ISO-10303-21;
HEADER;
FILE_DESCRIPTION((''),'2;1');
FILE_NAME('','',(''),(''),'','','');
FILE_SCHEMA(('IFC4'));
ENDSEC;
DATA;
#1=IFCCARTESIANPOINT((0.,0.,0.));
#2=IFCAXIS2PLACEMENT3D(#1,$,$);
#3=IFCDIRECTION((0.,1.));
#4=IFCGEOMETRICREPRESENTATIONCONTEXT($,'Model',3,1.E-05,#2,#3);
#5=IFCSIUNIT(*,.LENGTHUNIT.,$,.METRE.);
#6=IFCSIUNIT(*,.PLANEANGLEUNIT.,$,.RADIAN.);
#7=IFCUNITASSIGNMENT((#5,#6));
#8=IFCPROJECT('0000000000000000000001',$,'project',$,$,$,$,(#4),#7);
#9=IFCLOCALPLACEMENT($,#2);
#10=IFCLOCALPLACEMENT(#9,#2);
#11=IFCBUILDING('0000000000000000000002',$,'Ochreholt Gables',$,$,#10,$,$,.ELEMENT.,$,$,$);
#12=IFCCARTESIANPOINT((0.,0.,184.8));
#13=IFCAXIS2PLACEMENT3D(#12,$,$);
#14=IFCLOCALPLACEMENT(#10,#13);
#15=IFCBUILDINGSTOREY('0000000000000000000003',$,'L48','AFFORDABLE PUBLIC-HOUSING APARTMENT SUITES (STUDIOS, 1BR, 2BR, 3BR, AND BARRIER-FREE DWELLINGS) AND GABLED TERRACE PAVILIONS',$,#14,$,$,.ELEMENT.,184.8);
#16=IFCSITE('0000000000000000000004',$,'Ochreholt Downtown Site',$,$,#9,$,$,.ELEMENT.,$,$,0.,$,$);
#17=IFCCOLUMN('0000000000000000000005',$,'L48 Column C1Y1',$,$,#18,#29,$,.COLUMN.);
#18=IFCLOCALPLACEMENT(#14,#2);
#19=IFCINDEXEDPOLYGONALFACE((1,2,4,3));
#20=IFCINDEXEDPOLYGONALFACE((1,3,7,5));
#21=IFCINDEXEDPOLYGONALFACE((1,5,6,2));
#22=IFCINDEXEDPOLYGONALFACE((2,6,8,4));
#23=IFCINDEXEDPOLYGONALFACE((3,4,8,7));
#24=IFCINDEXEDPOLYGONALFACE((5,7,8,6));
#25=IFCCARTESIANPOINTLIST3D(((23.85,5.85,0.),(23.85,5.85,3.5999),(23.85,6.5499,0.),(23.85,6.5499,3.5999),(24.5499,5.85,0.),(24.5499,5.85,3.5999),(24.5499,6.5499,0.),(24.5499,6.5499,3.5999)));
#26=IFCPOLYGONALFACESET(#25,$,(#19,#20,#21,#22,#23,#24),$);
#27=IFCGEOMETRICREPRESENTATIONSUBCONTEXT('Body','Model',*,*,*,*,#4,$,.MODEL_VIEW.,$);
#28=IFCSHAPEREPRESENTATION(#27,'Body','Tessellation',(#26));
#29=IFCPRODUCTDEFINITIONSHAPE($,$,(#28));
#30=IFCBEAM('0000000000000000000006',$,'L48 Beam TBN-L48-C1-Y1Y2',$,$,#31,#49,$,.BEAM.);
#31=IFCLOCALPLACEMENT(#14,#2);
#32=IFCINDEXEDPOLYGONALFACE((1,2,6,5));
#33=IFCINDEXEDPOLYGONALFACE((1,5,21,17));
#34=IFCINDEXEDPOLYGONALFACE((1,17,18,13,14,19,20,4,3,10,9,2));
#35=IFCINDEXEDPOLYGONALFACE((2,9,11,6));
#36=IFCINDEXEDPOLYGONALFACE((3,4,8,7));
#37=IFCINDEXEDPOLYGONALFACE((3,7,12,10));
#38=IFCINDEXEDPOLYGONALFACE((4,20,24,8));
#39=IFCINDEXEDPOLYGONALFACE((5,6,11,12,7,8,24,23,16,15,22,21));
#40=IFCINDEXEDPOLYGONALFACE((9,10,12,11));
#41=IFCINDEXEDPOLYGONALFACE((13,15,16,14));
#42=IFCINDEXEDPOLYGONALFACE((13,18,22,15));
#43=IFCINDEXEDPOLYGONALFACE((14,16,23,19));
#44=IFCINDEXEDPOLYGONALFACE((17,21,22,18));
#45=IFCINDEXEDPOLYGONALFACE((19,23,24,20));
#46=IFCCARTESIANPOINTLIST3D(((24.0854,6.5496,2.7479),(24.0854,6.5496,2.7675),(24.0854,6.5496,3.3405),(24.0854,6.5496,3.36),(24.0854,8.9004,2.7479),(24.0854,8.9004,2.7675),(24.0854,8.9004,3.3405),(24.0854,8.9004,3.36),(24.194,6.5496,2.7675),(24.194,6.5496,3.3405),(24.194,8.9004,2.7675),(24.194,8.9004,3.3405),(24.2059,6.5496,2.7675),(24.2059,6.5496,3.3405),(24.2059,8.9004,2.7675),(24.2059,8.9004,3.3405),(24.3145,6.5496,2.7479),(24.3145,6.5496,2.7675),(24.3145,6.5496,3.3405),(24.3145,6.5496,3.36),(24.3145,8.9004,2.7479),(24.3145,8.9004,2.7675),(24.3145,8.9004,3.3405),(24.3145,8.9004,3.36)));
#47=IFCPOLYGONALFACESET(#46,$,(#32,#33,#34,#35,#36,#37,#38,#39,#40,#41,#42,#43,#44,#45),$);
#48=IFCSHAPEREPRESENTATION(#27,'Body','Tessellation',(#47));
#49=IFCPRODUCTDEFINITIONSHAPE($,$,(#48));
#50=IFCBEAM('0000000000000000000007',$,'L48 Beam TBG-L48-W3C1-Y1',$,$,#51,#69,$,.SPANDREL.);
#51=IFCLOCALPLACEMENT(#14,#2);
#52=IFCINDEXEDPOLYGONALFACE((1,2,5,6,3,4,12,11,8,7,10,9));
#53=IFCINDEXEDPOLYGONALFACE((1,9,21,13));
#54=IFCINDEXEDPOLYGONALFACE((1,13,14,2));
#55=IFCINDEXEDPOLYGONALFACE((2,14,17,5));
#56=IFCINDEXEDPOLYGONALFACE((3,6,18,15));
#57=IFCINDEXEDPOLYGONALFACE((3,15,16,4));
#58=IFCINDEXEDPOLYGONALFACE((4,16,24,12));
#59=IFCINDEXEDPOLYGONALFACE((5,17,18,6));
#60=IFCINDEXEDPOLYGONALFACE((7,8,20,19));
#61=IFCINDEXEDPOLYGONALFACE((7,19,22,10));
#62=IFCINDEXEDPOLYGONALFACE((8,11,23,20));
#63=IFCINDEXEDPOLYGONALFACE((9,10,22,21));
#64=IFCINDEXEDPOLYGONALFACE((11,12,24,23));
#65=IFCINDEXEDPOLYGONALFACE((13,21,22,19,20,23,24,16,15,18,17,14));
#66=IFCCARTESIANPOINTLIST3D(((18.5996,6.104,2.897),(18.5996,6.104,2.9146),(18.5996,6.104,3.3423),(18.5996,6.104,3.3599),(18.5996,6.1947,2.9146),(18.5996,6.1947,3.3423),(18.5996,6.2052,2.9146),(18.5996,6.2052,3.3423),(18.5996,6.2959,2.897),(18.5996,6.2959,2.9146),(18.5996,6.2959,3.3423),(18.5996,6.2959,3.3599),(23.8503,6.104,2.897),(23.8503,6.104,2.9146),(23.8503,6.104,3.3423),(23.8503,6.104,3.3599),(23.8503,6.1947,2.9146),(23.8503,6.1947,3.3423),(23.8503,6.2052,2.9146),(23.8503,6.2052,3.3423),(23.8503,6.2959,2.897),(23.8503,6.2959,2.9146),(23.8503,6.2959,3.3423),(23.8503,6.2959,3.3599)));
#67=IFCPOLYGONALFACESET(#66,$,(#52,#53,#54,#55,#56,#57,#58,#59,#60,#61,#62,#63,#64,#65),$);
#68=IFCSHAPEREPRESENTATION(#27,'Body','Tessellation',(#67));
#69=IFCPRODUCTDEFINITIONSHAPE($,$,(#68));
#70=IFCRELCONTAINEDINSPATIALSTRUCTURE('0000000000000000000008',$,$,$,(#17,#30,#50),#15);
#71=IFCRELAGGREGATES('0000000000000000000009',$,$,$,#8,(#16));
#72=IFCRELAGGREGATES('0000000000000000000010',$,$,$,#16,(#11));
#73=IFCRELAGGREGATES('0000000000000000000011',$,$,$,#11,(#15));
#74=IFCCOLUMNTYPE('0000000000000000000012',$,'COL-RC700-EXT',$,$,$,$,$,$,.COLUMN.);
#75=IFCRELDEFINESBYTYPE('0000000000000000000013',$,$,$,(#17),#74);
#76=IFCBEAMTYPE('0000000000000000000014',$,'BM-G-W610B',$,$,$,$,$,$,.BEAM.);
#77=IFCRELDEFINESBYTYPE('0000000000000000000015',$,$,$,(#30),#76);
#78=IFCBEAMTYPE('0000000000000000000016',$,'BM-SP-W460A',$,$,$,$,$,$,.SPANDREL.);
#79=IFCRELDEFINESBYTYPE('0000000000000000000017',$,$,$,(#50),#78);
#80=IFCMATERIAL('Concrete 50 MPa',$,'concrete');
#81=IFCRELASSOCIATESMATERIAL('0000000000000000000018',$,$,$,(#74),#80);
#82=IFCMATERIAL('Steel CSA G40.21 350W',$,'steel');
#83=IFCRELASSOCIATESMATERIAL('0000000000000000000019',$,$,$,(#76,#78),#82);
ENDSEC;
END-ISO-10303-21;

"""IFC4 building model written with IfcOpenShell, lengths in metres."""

from ifc_helpers import new_model, si_unit, direction, frame, origin, origin_2d, place, context, subcontext, project, spatial, rectangle, i_section, extrude, material, material_profile, profile_set, type_object, element, save


model = new_model("IFC4")

# Units and contexts
model_context = context("Model", 3, precision=1e-05, world=origin(), true_north=direction((0.0, 1.0)))
body_context = subcontext(model_context, "Body", "Model", "MODEL_VIEW")
ifc_project = project(units=[si_unit("LENGTHUNIT", "METRE"), si_unit("PLANEANGLEUNIT", "RADIAN")], contexts=[model_context])

# Site, building, storey
site_placement = place(None, origin())
site = spatial("IfcSite", under=ifc_project, at=site_placement, Name="Ochreholt Downtown Site", CompositionType="ELEMENT", RefElevation=0.0)
building_placement = place(site_placement, origin())
building = spatial("IfcBuilding", under=site, at=building_placement, Name="Ochreholt Gables", CompositionType="ELEMENT")
storey_placement = place(building_placement, frame((0.0, 0.0, 184.8)))
storey = spatial("IfcBuildingStorey", under=building, at=storey_placement, Name="L48", Description="AFFORDABLE PUBLIC-HOUSING APARTMENT SUITES (STUDIOS, 1BR, 2BR, 3BR, AND BARRIER-FREE DWELLINGS) AND GABLED TERRACE PAVILIONS", CompositionType="ELEMENT", Elevation=184.8)

# Column
ifc_material_1 = material(Name="Concrete 50 MPa", Category="concrete")
ifc_material_profile_1 = material_profile(ifc_material_1, rectangle(XDim=0.7, YDim=0.7, at=origin_2d()), Name="RC700X700")
ifc_profile_set_1 = profile_set([ifc_material_profile_1], Name="Concrete 50 MPa")
column_type = type_object("IfcColumnType", Name="COL-RC700-EXT", PredefinedType="COLUMN", material=ifc_profile_set_1)
column_placement = place(storey_placement, frame((24.2, 6.2, 0.0), z_axis=(0.0, 0.0, 1.0), x_axis=(1.0, 0.0, 0.0)))
element("IfcColumn", 1, at=column_placement, inside=storey, type_object=column_type, Name="L48 Column C1Y1", PredefinedType="COLUMN", context=body_context, shape_type="SweptSolid", body=[
    extrude(rectangle(XDim=0.7, YDim=0.7, at=origin_2d()), origin(), (0.0, 0.0, 1.0), 3.5999),
])

# Beams
ifc_material_2 = material(Name="Steel CSA G40.21 350W", Category="steel")
ifc_material_profile_2 = material_profile(ifc_material_2, i_section(OverallWidth=0.229, OverallDepth=0.6121, WebThickness=0.012, FlangeThickness=0.0195, at=origin_2d()), Name="W610X125")
ifc_profile_set_2 = profile_set([ifc_material_profile_2], Name="Steel CSA G40.21 350W")
beam_type_1 = type_object("IfcBeamType", Name="BM-G-W610B", PredefinedType="BEAM", material=ifc_profile_set_2)
beam_1_placement = place(storey_placement, frame((24.2, 6.5496, 3.054), z_axis=(0.0, 1.0, 0.0), x_axis=(-1.0, 0.0, 0.0)))
element("IfcBeam", 2, at=beam_1_placement, inside=storey, type_object=beam_type_1, Name="L48 Beam TBN-L48-C1-Y1Y2", PredefinedType="BEAM", context=body_context, shape_type="SweptSolid", body=[
    extrude(i_section(OverallWidth=0.229, OverallDepth=0.6121, WebThickness=0.012, FlangeThickness=0.0195, at=origin_2d()), origin(), (0.0, 0.0, 1.0), 2.3508),
])
ifc_material_profile_3 = material_profile(ifc_material_2, i_section(OverallWidth=0.1919, OverallDepth=0.4629, WebThickness=0.0105, FlangeThickness=0.0176, at=origin_2d()), Name="W460X89")
ifc_profile_set_3 = profile_set([ifc_material_profile_3], Name="Steel CSA G40.21 350W")
beam_type_2 = type_object("IfcBeamType", Name="BM-SP-W460A", PredefinedType="SPANDREL", material=ifc_profile_set_3)
beam_2_placement = place(storey_placement, frame((18.5996, 6.2, 3.1284), z_axis=(1.0, 0.0, 0.0), x_axis=(0.0, 1.0, 0.0)))
element("IfcBeam", 3, at=beam_2_placement, inside=storey, type_object=beam_type_2, Name="L48 Beam TBG-L48-W3C1-Y1", PredefinedType="SPANDREL", context=body_context, shape_type="SweptSolid", body=[
    extrude(i_section(OverallWidth=0.1919, OverallDepth=0.4629, WebThickness=0.0105, FlangeThickness=0.0176, at=origin_2d()), origin(), (0.0, 0.0, 1.0), 5.2507),
])

save(model, "model.ifc")
